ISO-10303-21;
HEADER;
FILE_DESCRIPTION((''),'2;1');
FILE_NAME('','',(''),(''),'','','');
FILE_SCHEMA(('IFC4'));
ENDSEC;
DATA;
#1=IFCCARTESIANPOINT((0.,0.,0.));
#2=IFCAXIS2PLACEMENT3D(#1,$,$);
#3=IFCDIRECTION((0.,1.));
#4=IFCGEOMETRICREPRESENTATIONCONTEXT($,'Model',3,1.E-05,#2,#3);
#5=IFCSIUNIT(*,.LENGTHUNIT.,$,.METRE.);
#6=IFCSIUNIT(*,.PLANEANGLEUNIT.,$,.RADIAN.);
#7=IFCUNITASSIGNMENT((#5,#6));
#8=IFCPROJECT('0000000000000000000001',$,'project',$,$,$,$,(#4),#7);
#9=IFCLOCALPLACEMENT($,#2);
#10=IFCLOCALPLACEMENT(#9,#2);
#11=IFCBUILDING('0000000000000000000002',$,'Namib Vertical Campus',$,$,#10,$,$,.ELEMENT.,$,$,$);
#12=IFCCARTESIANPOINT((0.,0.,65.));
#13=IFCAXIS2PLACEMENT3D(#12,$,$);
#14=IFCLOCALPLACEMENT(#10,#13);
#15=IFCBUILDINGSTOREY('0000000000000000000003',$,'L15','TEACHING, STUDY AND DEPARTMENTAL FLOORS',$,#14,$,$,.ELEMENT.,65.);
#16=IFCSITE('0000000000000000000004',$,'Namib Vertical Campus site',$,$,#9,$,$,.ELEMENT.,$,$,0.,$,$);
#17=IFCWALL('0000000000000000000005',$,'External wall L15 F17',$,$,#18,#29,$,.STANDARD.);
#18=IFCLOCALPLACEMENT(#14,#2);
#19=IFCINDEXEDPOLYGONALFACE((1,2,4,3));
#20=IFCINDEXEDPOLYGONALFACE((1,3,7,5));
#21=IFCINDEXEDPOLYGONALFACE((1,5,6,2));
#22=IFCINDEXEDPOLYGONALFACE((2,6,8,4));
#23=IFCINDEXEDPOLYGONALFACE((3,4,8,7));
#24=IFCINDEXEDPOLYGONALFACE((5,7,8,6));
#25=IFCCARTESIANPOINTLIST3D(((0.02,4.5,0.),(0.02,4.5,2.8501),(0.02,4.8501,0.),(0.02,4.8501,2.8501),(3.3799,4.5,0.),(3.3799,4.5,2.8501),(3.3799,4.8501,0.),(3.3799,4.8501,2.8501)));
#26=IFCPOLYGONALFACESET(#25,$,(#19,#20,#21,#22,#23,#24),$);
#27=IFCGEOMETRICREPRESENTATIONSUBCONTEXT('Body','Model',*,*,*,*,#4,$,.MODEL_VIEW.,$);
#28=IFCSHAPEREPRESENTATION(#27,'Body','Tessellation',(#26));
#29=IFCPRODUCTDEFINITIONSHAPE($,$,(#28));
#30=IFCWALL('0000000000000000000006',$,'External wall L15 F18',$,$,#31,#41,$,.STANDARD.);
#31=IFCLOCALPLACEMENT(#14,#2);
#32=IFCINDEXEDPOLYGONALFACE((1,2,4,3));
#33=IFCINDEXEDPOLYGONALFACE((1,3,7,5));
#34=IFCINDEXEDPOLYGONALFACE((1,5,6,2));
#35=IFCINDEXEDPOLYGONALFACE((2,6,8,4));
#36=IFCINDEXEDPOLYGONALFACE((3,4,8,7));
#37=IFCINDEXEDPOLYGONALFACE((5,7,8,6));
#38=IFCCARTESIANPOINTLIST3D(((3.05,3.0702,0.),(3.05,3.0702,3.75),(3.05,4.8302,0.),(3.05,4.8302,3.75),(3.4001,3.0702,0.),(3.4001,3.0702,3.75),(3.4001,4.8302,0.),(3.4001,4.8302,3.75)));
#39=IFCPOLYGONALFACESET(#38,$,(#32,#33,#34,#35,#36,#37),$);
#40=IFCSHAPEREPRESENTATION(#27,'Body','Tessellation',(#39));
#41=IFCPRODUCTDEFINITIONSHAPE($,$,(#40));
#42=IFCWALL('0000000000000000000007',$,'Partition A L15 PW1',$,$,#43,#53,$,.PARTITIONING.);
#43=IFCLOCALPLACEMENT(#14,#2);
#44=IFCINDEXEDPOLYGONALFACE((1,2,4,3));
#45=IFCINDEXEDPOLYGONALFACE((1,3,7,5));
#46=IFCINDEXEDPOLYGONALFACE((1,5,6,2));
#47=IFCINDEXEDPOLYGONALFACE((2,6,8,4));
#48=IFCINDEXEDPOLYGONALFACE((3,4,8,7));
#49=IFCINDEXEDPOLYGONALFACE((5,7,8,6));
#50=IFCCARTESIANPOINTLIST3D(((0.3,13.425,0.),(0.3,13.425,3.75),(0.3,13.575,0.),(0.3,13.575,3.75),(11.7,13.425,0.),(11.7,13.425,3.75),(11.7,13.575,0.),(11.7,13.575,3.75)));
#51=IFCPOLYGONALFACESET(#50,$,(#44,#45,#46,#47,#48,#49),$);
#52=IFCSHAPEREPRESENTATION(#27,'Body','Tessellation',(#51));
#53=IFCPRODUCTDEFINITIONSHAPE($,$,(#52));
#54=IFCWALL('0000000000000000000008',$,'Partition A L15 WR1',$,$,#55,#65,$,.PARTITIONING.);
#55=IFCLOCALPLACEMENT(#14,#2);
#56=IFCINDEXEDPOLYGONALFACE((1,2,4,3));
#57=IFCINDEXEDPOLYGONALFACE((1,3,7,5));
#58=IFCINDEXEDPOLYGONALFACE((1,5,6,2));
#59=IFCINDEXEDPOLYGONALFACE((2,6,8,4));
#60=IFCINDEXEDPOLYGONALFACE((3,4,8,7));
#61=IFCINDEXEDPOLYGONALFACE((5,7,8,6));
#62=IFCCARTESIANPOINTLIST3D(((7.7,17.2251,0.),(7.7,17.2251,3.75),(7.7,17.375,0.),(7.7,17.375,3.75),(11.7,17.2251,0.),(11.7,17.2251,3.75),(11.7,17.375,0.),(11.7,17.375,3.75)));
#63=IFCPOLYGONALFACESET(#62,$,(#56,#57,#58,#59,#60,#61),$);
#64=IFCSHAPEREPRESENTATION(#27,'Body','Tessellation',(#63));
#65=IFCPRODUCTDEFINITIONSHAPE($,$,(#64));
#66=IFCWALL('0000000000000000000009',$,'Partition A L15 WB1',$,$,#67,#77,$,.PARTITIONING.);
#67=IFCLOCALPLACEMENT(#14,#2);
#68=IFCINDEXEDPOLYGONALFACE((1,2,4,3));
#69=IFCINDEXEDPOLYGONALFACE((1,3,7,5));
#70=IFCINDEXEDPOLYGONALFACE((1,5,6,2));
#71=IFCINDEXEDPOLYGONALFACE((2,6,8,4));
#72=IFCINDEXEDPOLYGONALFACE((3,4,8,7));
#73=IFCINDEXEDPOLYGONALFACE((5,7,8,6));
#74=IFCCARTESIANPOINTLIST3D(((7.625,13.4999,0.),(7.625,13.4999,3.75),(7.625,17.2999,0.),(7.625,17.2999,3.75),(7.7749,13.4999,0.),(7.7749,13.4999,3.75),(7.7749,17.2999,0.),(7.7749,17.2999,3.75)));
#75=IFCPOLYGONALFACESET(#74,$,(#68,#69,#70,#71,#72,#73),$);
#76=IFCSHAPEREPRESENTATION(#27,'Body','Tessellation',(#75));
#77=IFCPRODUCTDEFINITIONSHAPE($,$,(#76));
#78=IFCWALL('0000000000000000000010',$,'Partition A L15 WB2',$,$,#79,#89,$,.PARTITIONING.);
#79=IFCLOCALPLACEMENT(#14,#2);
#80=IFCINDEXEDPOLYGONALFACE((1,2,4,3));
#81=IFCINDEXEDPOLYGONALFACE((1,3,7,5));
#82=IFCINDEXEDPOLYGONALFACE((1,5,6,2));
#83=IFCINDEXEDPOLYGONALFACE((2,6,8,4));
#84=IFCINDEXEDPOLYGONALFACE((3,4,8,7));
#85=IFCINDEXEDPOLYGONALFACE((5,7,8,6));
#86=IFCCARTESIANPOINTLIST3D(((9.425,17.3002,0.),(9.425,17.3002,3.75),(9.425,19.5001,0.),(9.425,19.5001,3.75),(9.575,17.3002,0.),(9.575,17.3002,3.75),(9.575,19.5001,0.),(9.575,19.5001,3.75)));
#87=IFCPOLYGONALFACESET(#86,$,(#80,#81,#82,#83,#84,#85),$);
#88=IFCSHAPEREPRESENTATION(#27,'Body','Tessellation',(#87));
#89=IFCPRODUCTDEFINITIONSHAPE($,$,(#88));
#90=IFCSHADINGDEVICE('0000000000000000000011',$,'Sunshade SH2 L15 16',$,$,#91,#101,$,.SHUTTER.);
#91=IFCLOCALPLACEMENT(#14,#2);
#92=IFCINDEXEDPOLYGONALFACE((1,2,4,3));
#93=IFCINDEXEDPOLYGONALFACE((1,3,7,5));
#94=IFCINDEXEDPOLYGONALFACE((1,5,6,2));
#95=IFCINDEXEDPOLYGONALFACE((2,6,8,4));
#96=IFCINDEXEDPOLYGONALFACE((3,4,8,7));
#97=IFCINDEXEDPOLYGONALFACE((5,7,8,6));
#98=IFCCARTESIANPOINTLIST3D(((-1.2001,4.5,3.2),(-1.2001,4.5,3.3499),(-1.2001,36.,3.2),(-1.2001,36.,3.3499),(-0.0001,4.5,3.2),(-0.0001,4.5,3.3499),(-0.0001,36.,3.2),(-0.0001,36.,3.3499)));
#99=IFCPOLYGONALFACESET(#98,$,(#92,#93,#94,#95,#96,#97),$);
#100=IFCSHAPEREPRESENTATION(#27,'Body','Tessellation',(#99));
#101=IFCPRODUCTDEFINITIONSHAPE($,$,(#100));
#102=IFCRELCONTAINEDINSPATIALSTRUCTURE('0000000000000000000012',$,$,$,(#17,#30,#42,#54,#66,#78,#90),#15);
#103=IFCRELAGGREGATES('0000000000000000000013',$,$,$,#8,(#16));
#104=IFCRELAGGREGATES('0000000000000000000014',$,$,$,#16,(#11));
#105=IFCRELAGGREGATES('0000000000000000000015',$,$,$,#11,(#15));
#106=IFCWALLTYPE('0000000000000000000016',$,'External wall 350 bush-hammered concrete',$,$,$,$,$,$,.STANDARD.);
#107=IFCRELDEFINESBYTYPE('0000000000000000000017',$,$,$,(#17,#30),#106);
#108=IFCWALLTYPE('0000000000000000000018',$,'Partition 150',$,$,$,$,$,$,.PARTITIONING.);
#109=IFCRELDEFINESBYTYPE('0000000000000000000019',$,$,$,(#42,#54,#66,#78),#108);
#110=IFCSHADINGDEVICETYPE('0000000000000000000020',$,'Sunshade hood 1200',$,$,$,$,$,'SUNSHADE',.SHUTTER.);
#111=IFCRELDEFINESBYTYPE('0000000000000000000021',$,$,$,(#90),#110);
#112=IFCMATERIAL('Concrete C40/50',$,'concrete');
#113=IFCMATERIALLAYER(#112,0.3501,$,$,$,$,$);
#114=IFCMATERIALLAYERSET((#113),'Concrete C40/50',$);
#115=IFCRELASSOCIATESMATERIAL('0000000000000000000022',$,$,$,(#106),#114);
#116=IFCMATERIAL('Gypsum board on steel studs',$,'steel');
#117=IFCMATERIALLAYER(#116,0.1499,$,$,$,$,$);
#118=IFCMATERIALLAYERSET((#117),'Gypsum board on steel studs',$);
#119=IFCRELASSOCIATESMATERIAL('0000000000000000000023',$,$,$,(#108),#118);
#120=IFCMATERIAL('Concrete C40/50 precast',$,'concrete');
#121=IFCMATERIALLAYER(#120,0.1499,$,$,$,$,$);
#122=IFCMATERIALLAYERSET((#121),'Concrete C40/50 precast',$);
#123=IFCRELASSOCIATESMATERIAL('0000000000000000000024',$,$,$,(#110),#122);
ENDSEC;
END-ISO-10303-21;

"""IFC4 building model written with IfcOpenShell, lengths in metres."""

from ifc_helpers import new_model, si_unit, direction, frame, frame_2d, origin, origin_2d, place, context, subcontext, project, spatial, rectangle, extrude, material, layer, layer_set, type_object, element, save


model = new_model("IFC4")

# Units and contexts
model_context = context("Model", 3, precision=1e-05, world=origin(), true_north=direction((0.0, 1.0)))
body_context = subcontext(model_context, "Body", "Model", "MODEL_VIEW")
ifc_project = project(units=[si_unit("LENGTHUNIT", "METRE"), si_unit("PLANEANGLEUNIT", "RADIAN")], contexts=[model_context])

# Site, building, storey
site_placement = place(None, origin())
site = spatial("IfcSite", under=ifc_project, at=site_placement, Name="Namib Vertical Campus site", CompositionType="ELEMENT", RefElevation=0.0)
building_placement = place(site_placement, origin())
building = spatial("IfcBuilding", under=site, at=building_placement, Name="Namib Vertical Campus", CompositionType="ELEMENT")
storey_placement = place(building_placement, frame((0.0, 0.0, 65.0)))
storey = spatial("IfcBuildingStorey", under=building, at=storey_placement, Name="L15", Description="TEACHING, STUDY AND DEPARTMENTAL FLOORS", CompositionType="ELEMENT", Elevation=65.0)

# Walls
ifc_material_1 = material(Name="Concrete C40/50", Category="concrete")
ifc_layer_1 = layer(ifc_material_1, 0.3501)
ifc_layer_set_1 = layer_set([ifc_layer_1], Name="Concrete C40/50")
wall_type_1 = type_object("IfcWallType", Name="External wall 350 bush-hammered concrete", PredefinedType="STANDARD", material=ifc_layer_set_1)
wall_1_placement = place(storey_placement, frame((0.02, 4.675, 0.0), z_axis=(0.0, 0.0, 1.0), x_axis=(1.0, 0.0, 0.0)))
element("IfcWall", 1, at=wall_1_placement, inside=storey, type_object=wall_type_1, Name="External wall L15 F17", PredefinedType="STANDARD", context=body_context, shape_type="SweptSolid", body=[
    extrude(rectangle(XDim=3.3599, YDim=0.3501, at=frame_2d((1.6799, 0.0))), origin(), (0.0, 0.0, 1.0), 2.8501),
])
wall_2_placement = place(storey_placement, frame((3.2251, 4.8301, 0.0), z_axis=(0.0, 0.0, 1.0), x_axis=(0.0, -1.0, 0.0)))
element("IfcWall", 2, at=wall_2_placement, inside=storey, type_object=wall_type_1, Name="External wall L15 F18", PredefinedType="STANDARD", context=body_context, shape_type="SweptSolid", body=[
    extrude(rectangle(XDim=1.76, YDim=0.3501, at=frame_2d((0.8799, 0.0))), origin(), (0.0, 0.0, 1.0), 3.75),
])
ifc_material_2 = material(Name="Gypsum board on steel studs", Category="steel")
ifc_layer_2 = layer(ifc_material_2, 0.1499)
ifc_layer_set_2 = layer_set([ifc_layer_2], Name="Gypsum board on steel studs")
wall_type_2 = type_object("IfcWallType", Name="Partition 150", PredefinedType="PARTITIONING", material=ifc_layer_set_2)
wall_3_placement = place(storey_placement, frame((0.3, 13.5, 0.0), z_axis=(0.0, 0.0, 1.0), x_axis=(1.0, 0.0, 0.0)))
element("IfcWall", 3, at=wall_3_placement, inside=storey, type_object=wall_type_2, Name="Partition A L15 PW1", PredefinedType="PARTITIONING", context=body_context, shape_type="SweptSolid", body=[
    extrude(rectangle(XDim=11.3999, YDim=0.1499, at=frame_2d((5.7, 0.0))), origin(), (0.0, 0.0, 1.0), 3.75),
])
wall_4_placement = place(storey_placement, frame((11.7, 17.3, 0.0), z_axis=(0.0, 0.0, 1.0), x_axis=(-1.0, 0.0, 0.0)))
element("IfcWall", 4, at=wall_4_placement, inside=storey, type_object=wall_type_2, Name="Partition A L15 WR1", PredefinedType="PARTITIONING", context=body_context, shape_type="SweptSolid", body=[
    extrude(rectangle(XDim=4.0, YDim=0.1499, at=frame_2d((2.0, 0.0))), origin(), (0.0, 0.0, 1.0), 3.75),
])
wall_5_placement = place(storey_placement, frame((7.7, 13.5, 0.0), z_axis=(0.0, 0.0, 1.0), x_axis=(0.0, 1.0, 0.0)))
element("IfcWall", 5, at=wall_5_placement, inside=storey, type_object=wall_type_2, Name="Partition A L15 WB1", PredefinedType="PARTITIONING", context=body_context, shape_type="SweptSolid", body=[
    extrude(rectangle(XDim=3.8, YDim=0.1499, at=frame_2d((1.8999, 0.0))), origin(), (0.0, 0.0, 1.0), 3.75),
])
wall_6_placement = place(storey_placement, frame((9.5, 17.3, 0.0), z_axis=(0.0, 0.0, 1.0), x_axis=(0.0, 1.0, 0.0)))
element("IfcWall", 6, at=wall_6_placement, inside=storey, type_object=wall_type_2, Name="Partition A L15 WB2", PredefinedType="PARTITIONING", context=body_context, shape_type="SweptSolid", body=[
    extrude(rectangle(XDim=2.2, YDim=0.1499, at=frame_2d((1.1001, 0.0))), origin(), (0.0, 0.0, 1.0), 3.75),
])

# Shading device
ifc_material_3 = material(Name="Concrete C40/50 precast", Category="concrete")
ifc_layer_3 = layer(ifc_material_3, 0.1499)
ifc_layer_set_3 = layer_set([ifc_layer_3], Name="Concrete C40/50 precast")
shading_device_type = type_object("IfcShadingDeviceType", Name="Sunshade hood 1200", ElementType="SUNSHADE", PredefinedType="SHUTTER", material=ifc_layer_set_3)
shading_device_placement = place(storey_placement, frame((-0.6001, 20.25, 3.2), z_axis=(0.0, 0.0, 1.0), x_axis=(0.0, -1.0, 0.0)))
element("IfcShadingDevice", 7, at=shading_device_placement, inside=storey, type_object=shading_device_type, Name="Sunshade SH2 L15 16", PredefinedType="SHUTTER", context=body_context, shape_type="SweptSolid", body=[
    extrude(rectangle(XDim=31.5, YDim=1.2, at=origin_2d()), origin(), (0.0, 0.0, 1.0), 0.1499),
])

save(model, "model.ifc")
